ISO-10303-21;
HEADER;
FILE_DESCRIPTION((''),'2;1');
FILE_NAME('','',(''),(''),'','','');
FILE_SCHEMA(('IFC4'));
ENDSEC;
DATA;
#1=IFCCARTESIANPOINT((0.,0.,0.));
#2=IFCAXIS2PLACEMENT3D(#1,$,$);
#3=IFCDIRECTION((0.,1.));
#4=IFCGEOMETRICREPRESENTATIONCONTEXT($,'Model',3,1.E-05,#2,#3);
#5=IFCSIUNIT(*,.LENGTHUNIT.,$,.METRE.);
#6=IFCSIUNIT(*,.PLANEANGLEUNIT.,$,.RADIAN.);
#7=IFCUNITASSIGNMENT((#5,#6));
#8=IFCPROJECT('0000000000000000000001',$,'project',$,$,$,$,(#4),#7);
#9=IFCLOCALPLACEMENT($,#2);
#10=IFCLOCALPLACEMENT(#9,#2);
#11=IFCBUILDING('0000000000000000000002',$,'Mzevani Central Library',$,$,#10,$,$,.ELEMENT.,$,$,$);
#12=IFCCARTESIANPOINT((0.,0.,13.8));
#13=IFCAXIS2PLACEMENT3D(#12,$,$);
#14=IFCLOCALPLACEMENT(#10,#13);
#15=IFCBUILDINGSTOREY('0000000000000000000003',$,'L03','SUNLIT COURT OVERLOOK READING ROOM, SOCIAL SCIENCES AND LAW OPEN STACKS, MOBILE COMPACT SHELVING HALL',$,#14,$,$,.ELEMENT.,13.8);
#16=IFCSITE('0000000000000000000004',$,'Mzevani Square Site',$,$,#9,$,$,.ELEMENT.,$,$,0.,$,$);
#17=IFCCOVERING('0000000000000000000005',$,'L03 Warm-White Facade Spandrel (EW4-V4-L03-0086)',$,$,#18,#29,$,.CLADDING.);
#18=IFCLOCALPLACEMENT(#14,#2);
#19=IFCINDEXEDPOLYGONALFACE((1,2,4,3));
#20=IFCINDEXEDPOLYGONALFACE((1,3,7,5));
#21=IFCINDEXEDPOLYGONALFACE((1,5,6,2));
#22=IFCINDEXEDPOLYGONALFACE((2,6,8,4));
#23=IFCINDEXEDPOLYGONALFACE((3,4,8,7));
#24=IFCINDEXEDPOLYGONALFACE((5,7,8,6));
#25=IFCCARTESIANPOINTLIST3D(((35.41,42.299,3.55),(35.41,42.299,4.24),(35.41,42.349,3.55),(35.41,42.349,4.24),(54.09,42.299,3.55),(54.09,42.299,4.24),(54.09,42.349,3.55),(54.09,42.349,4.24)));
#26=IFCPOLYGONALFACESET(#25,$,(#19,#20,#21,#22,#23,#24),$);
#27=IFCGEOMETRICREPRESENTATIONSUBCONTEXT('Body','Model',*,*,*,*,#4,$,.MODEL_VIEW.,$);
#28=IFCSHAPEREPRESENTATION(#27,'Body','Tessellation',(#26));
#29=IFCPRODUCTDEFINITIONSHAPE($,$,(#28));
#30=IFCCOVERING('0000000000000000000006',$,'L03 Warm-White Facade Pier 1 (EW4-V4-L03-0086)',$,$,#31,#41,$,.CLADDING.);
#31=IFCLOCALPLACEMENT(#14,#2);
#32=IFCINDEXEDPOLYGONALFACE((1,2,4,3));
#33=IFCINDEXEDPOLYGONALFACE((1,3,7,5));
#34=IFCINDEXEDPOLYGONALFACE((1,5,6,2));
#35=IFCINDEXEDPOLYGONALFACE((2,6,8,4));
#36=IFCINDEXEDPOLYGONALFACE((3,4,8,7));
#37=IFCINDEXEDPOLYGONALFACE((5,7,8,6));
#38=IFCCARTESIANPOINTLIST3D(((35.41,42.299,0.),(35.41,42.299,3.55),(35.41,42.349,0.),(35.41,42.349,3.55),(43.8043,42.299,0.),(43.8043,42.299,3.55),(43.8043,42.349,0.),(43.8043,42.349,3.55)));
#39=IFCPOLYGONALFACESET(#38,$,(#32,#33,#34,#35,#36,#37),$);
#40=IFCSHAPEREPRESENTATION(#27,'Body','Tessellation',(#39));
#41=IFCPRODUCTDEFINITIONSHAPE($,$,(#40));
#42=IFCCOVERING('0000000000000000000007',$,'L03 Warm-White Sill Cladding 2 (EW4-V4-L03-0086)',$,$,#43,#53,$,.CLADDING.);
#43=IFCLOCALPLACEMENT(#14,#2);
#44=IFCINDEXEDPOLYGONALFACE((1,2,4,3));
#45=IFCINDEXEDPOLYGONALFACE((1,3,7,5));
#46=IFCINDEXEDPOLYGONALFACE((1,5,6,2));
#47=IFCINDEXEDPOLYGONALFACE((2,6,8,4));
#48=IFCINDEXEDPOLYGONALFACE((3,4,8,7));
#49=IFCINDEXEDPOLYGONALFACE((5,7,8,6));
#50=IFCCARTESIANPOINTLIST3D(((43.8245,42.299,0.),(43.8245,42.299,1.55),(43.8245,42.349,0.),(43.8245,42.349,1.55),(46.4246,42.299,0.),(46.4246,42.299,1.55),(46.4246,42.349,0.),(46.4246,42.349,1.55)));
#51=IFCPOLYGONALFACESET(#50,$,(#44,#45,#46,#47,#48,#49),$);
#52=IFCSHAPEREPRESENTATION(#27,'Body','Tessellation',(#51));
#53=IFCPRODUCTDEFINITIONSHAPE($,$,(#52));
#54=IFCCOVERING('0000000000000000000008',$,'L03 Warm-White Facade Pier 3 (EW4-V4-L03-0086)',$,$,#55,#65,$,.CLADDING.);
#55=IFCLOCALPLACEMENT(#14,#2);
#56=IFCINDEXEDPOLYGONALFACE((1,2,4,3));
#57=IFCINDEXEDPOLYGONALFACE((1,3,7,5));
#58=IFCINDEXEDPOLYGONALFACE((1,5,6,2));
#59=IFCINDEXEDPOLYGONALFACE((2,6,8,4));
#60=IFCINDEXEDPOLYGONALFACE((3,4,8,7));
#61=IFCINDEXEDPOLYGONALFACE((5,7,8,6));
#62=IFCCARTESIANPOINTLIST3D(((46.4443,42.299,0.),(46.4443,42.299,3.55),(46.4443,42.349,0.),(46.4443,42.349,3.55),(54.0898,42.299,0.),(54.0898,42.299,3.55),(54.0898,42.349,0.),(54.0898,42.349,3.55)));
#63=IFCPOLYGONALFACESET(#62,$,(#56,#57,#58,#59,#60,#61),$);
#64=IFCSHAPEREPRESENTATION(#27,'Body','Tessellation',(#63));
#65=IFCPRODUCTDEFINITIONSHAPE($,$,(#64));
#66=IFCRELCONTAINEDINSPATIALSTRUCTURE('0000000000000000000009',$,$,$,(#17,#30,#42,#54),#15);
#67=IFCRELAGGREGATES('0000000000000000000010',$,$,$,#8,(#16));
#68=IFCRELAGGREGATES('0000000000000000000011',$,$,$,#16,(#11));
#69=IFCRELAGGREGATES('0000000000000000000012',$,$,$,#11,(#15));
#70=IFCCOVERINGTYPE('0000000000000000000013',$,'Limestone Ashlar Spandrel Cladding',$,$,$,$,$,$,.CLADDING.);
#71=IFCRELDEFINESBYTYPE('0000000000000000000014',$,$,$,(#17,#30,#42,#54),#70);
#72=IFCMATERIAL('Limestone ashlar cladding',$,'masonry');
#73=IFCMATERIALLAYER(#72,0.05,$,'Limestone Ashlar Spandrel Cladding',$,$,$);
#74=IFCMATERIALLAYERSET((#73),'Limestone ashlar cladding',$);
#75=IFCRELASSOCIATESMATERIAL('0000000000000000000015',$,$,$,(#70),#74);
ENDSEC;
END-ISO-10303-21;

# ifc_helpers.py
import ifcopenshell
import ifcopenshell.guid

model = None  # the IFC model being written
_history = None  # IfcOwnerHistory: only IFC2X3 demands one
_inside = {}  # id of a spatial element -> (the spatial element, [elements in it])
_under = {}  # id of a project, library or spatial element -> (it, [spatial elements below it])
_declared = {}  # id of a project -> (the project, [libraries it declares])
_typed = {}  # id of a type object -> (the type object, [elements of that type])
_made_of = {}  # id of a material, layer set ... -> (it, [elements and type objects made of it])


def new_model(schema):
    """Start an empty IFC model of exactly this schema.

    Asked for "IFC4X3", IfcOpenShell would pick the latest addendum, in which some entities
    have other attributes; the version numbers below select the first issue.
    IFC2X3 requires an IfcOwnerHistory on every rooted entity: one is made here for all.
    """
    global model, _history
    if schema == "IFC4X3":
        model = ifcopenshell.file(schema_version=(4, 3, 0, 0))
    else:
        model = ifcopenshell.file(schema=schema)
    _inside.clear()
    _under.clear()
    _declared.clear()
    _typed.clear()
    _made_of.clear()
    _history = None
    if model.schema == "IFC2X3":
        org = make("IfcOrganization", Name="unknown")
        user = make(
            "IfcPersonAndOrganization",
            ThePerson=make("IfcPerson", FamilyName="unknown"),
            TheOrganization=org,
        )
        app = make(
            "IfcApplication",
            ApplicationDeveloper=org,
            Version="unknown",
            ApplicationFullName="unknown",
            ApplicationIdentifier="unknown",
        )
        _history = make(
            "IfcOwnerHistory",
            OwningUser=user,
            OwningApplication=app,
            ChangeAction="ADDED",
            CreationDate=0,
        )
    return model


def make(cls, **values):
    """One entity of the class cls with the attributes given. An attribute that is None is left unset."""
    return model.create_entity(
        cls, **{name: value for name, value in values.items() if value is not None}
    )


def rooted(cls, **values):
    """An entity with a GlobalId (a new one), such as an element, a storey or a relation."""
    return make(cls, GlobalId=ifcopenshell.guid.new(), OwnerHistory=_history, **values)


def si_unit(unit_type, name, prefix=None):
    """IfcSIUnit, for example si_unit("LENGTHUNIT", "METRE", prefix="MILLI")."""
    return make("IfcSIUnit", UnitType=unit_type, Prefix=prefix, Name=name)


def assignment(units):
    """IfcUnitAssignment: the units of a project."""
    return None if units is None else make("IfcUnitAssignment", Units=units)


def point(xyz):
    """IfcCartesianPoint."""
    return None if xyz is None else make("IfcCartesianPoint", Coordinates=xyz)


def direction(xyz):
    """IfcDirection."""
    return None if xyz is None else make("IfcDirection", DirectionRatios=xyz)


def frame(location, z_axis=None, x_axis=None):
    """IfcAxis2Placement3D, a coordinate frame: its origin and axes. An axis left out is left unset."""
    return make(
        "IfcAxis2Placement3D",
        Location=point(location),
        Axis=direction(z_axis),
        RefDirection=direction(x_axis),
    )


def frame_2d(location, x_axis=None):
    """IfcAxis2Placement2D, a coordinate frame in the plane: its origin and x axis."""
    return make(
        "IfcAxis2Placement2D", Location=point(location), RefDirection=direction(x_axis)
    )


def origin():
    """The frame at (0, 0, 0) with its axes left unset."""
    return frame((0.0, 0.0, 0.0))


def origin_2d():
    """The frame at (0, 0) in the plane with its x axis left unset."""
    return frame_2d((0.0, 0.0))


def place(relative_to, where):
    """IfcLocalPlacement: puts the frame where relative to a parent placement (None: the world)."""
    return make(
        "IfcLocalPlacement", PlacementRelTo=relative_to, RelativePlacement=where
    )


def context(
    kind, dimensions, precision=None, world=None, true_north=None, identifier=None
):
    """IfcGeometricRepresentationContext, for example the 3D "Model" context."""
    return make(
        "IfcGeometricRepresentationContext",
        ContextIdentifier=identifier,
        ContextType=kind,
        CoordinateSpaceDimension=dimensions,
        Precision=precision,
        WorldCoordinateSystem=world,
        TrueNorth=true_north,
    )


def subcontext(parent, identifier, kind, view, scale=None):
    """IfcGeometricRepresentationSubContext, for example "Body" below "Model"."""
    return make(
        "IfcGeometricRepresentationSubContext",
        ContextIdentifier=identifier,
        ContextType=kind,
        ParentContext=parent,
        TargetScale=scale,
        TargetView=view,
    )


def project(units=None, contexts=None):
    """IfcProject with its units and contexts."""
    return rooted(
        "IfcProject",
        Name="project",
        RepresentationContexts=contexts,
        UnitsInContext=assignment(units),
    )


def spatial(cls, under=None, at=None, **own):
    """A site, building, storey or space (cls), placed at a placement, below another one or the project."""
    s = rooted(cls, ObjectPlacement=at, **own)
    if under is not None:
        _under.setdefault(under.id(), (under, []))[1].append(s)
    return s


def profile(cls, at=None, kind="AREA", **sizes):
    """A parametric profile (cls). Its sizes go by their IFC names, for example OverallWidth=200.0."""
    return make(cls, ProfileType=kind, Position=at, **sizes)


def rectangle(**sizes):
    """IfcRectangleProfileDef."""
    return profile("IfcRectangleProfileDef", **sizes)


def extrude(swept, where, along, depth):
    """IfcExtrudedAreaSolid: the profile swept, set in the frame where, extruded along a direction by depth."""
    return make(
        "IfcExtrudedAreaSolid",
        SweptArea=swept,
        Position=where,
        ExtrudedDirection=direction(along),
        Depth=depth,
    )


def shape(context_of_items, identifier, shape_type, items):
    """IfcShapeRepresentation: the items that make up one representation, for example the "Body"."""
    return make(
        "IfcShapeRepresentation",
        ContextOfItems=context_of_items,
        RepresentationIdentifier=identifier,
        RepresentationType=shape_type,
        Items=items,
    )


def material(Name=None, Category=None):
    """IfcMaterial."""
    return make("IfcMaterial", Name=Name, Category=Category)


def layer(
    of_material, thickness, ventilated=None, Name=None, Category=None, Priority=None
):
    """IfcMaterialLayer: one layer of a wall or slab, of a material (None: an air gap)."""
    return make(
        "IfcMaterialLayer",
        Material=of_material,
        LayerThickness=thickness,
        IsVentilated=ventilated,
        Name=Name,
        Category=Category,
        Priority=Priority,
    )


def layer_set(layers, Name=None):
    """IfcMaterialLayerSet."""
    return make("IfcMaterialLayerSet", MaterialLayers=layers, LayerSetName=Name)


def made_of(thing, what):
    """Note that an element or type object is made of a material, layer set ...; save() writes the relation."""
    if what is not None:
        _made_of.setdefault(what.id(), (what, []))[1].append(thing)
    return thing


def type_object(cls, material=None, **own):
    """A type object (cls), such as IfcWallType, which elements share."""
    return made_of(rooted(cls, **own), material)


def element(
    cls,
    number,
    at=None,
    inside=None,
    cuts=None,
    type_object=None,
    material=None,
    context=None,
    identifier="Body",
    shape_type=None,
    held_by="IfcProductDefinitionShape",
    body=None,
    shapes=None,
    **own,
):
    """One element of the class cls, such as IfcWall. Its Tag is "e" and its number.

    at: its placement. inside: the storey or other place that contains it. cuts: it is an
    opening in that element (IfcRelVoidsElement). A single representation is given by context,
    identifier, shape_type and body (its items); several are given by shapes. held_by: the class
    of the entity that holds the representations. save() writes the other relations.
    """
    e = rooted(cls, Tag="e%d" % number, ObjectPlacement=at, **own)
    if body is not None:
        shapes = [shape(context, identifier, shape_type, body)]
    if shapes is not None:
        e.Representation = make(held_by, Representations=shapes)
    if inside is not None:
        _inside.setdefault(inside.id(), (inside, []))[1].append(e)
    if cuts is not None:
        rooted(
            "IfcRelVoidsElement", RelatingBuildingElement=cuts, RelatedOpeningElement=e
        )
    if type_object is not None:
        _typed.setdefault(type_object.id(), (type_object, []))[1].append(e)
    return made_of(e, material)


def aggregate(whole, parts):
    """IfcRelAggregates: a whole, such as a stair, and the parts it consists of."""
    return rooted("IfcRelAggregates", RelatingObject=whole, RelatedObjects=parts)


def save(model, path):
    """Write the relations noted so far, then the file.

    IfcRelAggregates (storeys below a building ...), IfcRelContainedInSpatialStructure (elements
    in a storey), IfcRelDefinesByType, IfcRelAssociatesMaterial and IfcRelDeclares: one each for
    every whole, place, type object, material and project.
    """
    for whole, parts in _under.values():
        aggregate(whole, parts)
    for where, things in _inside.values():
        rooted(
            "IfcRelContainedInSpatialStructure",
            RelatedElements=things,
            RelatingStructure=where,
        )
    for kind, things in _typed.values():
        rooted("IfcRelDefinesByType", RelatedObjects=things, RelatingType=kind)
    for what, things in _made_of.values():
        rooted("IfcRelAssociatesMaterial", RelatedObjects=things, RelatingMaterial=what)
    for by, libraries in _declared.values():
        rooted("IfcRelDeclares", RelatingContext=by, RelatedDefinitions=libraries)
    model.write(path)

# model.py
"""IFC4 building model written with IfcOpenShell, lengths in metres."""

from ifc_helpers import new_model, si_unit, direction, frame, origin, origin_2d, place, context, subcontext, project, spatial, rectangle, extrude, material, layer, layer_set, type_object, element, save


model = new_model("IFC4")

# Units and contexts
model_context = context("Model", 3, precision=1e-05, world=origin(), true_north=direction((0.0, 1.0)))
body_context = subcontext(model_context, "Body", "Model", "MODEL_VIEW")
ifc_project = project(units=[si_unit("LENGTHUNIT", "METRE"), si_unit("PLANEANGLEUNIT", "RADIAN")], contexts=[model_context])

# Site, building, storey
site_placement = place(None, origin())
site = spatial("IfcSite", under=ifc_project, at=site_placement, Name="Mzevani Square Site", CompositionType="ELEMENT", RefElevation=0.0)
building_placement = place(site_placement, origin())
building = spatial("IfcBuilding", under=site, at=building_placement, Name="Mzevani Central Library", CompositionType="ELEMENT")
storey_placement = place(building_placement, frame((0.0, 0.0, 13.8)))
storey = spatial("IfcBuildingStorey", under=building, at=storey_placement, Name="L03", Description="SUNLIT COURT OVERLOOK READING ROOM, SOCIAL SCIENCES AND LAW OPEN STACKS, MOBILE COMPACT SHELVING HALL", CompositionType="ELEMENT", Elevation=13.8)

# Coverings
ifc_material_1 = material(Name="Limestone ashlar cladding", Category="masonry")
ifc_layer_1 = layer(ifc_material_1, 0.05, Name="Limestone Ashlar Spandrel Cladding")
ifc_layer_set_1 = layer_set([ifc_layer_1], Name="Limestone ashlar cladding")
covering_type = type_object("IfcCoveringType", Name="Limestone Ashlar Spandrel Cladding", PredefinedType="CLADDING", material=ifc_layer_set_1)
covering_1_placement = place(storey_placement, frame((44.75, 42.324, 3.55), z_axis=(0.0, 0.0, 1.0), x_axis=(1.0, 0.0, 0.0)))
element("IfcCovering", 1, at=covering_1_placement, inside=storey, type_object=covering_type, Name="L03 Warm-White Facade Spandrel (EW4-V4-L03-0086)", PredefinedType="CLADDING", context=body_context, shape_type="SweptSolid", body=[
    extrude(rectangle(XDim=18.6799, YDim=0.05, at=origin_2d()), origin(), (0.0, 0.0, 1.0), 0.6899),
])
covering_2_placement = place(storey_placement, frame((39.6072, 42.324, 0.0), z_axis=(0.0, 0.0, 1.0), x_axis=(1.0, 0.0, 0.0)))
element("IfcCovering", 2, at=covering_2_placement, inside=storey, type_object=covering_type, Name="L03 Warm-White Facade Pier 1 (EW4-V4-L03-0086)", PredefinedType="CLADDING", context=body_context, shape_type="SweptSolid", body=[
    extrude(rectangle(XDim=8.3943, YDim=0.05, at=origin_2d()), origin(), (0.0, 0.0, 1.0), 3.55),
])
covering_3_placement = place(storey_placement, frame((45.1245, 42.324, 0.0), z_axis=(0.0, 0.0, 1.0), x_axis=(1.0, 0.0, 0.0)))
element("IfcCovering", 3, at=covering_3_placement, inside=storey, type_object=covering_type, Name="L03 Warm-White Sill Cladding 2 (EW4-V4-L03-0086)", PredefinedType="CLADDING", context=body_context, shape_type="SweptSolid", body=[
    extrude(rectangle(XDim=2.6001, YDim=0.05, at=origin_2d()), origin(), (0.0, 0.0, 1.0), 1.55),
])
covering_4_placement = place(storey_placement, frame((50.2671, 42.324, 0.0), z_axis=(0.0, 0.0, 1.0), x_axis=(1.0, 0.0, 0.0)))
element("IfcCovering", 4, at=covering_4_placement, inside=storey, type_object=covering_type, Name="L03 Warm-White Facade Pier 3 (EW4-V4-L03-0086)", PredefinedType="CLADDING", context=body_context, shape_type="SweptSolid", body=[
    extrude(rectangle(XDim=7.6455, YDim=0.05, at=origin_2d()), origin(), (0.0, 0.0, 1.0), 3.55),
])

save(model, "model.ifc")
